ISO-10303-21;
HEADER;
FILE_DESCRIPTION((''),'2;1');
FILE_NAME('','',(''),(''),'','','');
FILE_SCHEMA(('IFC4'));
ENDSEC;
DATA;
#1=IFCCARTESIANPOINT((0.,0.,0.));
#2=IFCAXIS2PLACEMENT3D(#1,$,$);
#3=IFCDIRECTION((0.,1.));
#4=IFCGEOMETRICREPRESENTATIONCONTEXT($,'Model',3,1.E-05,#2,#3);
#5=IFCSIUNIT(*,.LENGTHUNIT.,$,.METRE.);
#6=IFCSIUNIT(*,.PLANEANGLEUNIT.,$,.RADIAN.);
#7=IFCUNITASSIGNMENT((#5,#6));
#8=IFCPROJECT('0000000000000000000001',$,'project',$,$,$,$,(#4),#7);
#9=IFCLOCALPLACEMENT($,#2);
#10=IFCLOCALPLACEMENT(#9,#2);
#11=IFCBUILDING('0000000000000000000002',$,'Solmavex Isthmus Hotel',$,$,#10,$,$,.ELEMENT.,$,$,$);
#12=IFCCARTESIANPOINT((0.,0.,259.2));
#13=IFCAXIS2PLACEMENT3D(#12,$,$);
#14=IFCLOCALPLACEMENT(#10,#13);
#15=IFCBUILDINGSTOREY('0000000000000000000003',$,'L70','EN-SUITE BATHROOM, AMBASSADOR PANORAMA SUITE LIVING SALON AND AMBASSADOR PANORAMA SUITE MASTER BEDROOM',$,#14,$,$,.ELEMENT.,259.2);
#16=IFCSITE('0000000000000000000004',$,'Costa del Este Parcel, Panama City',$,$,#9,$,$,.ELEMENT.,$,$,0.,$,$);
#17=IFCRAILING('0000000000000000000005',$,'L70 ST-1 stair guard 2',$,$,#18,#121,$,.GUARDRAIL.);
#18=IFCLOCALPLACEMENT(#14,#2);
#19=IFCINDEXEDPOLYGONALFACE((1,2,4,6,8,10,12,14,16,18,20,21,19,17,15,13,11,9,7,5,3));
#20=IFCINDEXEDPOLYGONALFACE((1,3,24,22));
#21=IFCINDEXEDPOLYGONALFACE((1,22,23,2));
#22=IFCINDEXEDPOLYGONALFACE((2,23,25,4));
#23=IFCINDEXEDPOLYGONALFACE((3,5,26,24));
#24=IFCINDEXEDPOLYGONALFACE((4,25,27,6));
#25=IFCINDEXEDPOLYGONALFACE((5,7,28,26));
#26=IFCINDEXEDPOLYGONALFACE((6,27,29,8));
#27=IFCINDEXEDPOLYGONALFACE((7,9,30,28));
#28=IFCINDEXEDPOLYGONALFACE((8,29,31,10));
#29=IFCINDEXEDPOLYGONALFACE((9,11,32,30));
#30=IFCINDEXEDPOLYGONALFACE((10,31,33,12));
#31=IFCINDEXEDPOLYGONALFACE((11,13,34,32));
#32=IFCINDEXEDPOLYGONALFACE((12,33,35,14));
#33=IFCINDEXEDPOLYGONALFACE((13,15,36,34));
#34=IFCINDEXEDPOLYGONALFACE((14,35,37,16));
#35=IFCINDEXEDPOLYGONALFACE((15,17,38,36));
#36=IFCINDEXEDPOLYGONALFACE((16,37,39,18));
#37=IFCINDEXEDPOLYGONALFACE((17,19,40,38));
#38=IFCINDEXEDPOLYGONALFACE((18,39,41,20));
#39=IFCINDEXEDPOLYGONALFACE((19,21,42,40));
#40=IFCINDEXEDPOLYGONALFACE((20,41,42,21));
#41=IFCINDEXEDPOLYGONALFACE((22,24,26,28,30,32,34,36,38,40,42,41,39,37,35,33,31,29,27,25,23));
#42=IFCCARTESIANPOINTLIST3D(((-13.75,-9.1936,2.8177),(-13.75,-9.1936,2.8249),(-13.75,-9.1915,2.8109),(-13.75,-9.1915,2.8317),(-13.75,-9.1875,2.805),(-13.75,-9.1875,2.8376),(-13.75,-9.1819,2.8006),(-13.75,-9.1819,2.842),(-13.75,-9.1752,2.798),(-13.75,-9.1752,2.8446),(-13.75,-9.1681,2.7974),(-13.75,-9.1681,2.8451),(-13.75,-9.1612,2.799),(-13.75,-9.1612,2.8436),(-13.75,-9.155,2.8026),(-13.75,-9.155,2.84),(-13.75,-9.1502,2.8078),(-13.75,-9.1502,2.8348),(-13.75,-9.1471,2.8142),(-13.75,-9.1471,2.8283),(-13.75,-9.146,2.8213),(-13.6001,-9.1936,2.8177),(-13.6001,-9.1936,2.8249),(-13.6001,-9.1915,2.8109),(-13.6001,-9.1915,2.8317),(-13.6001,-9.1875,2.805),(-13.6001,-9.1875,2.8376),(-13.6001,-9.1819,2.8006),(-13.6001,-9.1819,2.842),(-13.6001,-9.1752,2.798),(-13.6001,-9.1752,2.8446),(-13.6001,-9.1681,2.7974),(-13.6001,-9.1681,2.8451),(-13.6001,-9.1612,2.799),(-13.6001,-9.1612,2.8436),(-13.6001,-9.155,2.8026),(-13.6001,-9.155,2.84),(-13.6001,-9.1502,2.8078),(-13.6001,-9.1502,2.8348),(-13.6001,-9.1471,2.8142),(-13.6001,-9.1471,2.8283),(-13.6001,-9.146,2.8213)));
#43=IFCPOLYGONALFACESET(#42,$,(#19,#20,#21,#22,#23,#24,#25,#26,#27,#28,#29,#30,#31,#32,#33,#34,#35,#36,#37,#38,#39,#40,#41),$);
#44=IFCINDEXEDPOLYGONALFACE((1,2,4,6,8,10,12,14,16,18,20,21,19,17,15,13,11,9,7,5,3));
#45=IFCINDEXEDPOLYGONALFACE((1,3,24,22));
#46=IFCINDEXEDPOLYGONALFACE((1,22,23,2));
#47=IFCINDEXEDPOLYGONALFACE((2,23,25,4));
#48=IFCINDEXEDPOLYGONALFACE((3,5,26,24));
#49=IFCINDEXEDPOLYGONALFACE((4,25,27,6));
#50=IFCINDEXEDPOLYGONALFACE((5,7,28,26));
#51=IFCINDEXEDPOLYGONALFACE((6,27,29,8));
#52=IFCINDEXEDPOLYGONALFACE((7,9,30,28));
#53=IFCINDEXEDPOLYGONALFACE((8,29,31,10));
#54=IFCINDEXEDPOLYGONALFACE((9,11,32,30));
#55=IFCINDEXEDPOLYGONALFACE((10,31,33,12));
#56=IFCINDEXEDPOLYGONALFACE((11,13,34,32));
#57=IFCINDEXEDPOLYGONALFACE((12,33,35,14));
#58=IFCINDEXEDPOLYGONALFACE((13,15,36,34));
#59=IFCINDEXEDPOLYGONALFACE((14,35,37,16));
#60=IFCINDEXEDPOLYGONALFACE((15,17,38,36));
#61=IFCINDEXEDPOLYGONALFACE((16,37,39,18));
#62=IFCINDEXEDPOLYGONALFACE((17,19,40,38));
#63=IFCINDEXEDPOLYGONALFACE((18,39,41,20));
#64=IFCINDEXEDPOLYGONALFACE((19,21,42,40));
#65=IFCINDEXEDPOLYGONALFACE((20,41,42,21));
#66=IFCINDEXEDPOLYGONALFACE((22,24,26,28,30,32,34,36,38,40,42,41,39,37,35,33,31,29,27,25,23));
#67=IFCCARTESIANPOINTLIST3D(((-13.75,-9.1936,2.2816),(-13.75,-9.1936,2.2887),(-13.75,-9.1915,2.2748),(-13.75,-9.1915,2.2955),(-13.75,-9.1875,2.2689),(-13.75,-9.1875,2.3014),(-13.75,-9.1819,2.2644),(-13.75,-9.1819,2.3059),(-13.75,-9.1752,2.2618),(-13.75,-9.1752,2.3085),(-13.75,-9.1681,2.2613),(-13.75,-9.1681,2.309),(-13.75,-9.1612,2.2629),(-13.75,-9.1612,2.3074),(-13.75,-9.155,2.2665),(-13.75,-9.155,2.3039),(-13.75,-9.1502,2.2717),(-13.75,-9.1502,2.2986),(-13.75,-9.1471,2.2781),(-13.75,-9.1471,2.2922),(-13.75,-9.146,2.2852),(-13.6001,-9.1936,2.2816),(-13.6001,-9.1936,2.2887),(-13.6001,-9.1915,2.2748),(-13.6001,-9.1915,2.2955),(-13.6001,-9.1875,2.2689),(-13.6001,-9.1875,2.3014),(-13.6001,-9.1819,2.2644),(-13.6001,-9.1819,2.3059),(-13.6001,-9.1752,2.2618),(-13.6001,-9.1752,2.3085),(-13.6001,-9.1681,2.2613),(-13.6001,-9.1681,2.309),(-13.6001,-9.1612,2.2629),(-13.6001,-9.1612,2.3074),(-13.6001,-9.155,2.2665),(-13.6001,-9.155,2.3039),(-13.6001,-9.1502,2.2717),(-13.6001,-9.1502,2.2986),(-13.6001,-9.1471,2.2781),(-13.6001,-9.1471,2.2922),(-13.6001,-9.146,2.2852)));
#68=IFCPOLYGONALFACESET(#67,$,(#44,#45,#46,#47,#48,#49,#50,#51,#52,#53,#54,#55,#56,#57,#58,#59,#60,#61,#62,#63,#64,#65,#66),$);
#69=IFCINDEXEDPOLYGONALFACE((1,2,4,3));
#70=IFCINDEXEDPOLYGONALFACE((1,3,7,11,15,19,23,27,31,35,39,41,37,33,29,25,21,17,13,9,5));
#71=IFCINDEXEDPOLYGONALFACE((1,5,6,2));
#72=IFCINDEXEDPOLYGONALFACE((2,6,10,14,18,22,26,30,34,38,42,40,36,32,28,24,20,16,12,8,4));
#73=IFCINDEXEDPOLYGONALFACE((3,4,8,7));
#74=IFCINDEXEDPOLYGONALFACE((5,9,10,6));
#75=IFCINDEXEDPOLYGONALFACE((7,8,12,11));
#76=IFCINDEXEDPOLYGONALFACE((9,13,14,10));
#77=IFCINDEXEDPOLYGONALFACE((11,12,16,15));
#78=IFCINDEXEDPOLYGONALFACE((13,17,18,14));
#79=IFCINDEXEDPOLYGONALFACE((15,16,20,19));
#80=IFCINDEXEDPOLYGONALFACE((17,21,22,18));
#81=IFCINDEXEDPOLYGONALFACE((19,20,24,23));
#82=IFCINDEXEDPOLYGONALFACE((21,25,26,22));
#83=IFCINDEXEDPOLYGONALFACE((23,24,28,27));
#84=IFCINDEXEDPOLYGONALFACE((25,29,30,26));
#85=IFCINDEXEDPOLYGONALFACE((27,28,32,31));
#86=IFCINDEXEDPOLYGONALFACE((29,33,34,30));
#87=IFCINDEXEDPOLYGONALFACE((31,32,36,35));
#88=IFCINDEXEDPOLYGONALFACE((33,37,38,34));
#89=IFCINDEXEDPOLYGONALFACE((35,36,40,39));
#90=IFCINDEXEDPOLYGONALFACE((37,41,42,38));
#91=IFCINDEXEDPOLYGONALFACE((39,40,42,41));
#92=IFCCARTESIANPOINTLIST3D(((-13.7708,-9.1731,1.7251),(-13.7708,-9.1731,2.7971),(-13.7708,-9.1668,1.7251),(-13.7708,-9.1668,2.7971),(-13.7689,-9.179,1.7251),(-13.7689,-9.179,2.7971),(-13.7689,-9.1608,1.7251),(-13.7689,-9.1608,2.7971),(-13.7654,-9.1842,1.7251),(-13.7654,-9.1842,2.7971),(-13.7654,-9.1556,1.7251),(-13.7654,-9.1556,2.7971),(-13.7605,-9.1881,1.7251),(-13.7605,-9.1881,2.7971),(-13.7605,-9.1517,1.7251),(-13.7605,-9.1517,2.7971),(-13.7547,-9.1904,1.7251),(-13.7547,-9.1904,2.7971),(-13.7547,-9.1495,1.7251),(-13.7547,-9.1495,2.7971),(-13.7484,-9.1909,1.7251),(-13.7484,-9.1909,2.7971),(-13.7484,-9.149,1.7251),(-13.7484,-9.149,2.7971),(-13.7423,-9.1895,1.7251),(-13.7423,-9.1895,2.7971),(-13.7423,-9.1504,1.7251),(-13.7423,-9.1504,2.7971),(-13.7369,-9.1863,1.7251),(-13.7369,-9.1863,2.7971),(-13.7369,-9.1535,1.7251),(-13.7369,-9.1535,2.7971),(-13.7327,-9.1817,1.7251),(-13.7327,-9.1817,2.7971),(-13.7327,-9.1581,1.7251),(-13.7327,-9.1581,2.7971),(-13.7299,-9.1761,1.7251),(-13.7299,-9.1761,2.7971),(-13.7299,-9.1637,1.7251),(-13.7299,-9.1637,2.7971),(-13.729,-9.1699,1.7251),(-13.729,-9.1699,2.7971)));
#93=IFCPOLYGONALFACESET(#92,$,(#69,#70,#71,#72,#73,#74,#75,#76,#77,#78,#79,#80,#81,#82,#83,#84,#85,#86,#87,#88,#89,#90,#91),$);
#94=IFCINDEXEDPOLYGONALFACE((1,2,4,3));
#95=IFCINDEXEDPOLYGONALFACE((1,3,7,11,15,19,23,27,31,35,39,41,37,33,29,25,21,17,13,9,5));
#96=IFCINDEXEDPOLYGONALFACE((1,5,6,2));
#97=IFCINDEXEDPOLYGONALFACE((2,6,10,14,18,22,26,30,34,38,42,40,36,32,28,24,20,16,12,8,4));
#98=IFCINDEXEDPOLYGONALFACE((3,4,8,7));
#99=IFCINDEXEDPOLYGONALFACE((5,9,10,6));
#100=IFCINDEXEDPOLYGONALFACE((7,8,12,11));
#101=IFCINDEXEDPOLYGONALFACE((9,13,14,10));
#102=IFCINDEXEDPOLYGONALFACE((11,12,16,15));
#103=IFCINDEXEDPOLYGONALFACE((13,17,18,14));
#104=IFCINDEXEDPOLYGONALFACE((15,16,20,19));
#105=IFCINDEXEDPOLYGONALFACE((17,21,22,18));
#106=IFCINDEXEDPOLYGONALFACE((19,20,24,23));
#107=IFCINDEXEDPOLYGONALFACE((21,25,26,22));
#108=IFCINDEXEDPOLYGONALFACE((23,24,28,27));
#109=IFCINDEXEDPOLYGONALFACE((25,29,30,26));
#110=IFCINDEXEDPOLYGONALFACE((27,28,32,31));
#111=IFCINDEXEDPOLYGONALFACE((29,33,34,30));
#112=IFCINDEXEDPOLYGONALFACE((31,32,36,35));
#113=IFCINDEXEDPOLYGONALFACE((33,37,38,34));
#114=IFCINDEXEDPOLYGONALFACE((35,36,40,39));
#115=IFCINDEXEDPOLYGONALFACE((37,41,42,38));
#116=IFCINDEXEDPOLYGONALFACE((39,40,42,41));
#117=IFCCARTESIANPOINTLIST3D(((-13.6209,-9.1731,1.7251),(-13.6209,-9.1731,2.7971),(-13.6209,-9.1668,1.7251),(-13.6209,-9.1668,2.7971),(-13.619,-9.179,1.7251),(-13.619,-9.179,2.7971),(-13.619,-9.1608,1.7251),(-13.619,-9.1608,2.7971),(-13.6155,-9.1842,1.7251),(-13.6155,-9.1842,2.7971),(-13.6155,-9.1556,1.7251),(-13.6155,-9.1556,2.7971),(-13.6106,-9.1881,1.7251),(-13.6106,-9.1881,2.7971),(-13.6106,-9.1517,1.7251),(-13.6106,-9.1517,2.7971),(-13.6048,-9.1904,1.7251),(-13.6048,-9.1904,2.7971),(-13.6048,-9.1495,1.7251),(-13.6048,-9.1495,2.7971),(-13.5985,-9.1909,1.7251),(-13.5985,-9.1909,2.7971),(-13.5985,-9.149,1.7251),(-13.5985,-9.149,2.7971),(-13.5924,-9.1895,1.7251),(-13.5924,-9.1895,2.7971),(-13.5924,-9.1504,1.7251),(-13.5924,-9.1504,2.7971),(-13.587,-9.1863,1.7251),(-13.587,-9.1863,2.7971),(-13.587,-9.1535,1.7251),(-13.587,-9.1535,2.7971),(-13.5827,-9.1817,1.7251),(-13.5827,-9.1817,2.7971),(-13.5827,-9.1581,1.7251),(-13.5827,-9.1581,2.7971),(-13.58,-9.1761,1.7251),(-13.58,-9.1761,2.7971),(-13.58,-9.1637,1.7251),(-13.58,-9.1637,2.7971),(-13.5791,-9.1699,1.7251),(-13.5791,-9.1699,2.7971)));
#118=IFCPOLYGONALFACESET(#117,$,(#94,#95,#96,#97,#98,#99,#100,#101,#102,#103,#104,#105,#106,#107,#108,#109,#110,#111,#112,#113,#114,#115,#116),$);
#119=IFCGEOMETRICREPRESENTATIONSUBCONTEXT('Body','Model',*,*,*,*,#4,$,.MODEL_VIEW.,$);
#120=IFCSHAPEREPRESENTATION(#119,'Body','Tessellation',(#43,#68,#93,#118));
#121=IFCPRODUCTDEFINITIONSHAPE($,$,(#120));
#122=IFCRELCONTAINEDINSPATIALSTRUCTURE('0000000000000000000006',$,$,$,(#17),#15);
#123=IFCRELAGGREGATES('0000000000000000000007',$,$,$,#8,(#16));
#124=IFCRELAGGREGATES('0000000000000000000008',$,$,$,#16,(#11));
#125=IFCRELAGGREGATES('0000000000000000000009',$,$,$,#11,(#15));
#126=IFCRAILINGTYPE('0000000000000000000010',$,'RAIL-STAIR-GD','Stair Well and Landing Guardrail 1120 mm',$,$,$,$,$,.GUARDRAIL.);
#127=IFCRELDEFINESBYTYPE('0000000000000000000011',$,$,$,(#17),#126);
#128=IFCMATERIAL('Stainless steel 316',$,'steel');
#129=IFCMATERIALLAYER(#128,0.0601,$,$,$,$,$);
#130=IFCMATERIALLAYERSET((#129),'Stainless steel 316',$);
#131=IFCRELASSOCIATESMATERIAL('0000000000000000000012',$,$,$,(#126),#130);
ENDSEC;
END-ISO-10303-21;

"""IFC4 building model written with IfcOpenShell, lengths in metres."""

from ifc_helpers import new_model, si_unit, direction, frame, origin, origin_2d, place, context, subcontext, project, spatial, circle, extrude, material, layer, layer_set, type_object, element, save


model = new_model("IFC4")

# Units and contexts
model_context = context("Model", 3, precision=1e-05, world=origin(), true_north=direction((0.0, 1.0)))
body_context = subcontext(model_context, "Body", "Model", "MODEL_VIEW")
ifc_project = project(units=[si_unit("LENGTHUNIT", "METRE"), si_unit("PLANEANGLEUNIT", "RADIAN")], contexts=[model_context])

# Site, building, storey
site_placement = place(None, origin())
site = spatial("IfcSite", under=ifc_project, at=site_placement, Name="Costa del Este Parcel, Panama City", CompositionType="ELEMENT", RefElevation=0.0)
building_placement = place(site_placement, origin())
building = spatial("IfcBuilding", under=site, at=building_placement, Name="Solmavex Isthmus Hotel", CompositionType="ELEMENT")
storey_placement = place(building_placement, frame((0.0, 0.0, 259.2)))
storey = spatial("IfcBuildingStorey", under=building, at=storey_placement, Name="L70", Description="EN-SUITE BATHROOM, AMBASSADOR PANORAMA SUITE LIVING SALON AND AMBASSADOR PANORAMA SUITE MASTER BEDROOM", CompositionType="ELEMENT", Elevation=259.2)

# Railing
ifc_material_1 = material(Name="Stainless steel 316", Category="steel")
ifc_layer_1 = layer(ifc_material_1, 0.0601)
ifc_layer_set_1 = layer_set([ifc_layer_1], Name="Stainless steel 316")
railing_type_1 = type_object("IfcRailingType", Name="RAIL-STAIR-GD", Description="Stair Well and Landing Guardrail 1120 mm", PredefinedType="GUARDRAIL", material=ifc_layer_set_1)
railing_1_placement = place(storey_placement, frame((-13.75, -9.1699, 1.7251)))
element("IfcRailing", 1, at=railing_1_placement, inside=storey, type_object=railing_type_1, Name="L70 ST-1 stair guard 2", PredefinedType="GUARDRAIL", context=body_context, shape_type="SweptSolid", body=[
    extrude(circle(Radius=0.0239, at=origin_2d()), frame((0.0, 0.0, 1.0962), z_axis=(1.0, 0.0, 0.0), x_axis=(0.0, 1.0, 0.0)), (0.0, 0.0, 1.0), 0.1499),
    extrude(circle(Radius=0.0239, at=origin_2d()), frame((0.0, 0.0, 0.5601), z_axis=(1.0, 0.0, 0.0), x_axis=(0.0, 1.0, 0.0)), (0.0, 0.0, 1.0), 0.1499),
    extrude(circle(Radius=0.021, at=origin_2d()), origin(), (0.0, 0.0, 1.0), 1.072),
    extrude(circle(Radius=0.021, at=origin_2d()), frame((0.1499, 0.0, 0.0)), (0.0, 0.0, 1.0), 1.072),
])

save(model, "model.ifc")
